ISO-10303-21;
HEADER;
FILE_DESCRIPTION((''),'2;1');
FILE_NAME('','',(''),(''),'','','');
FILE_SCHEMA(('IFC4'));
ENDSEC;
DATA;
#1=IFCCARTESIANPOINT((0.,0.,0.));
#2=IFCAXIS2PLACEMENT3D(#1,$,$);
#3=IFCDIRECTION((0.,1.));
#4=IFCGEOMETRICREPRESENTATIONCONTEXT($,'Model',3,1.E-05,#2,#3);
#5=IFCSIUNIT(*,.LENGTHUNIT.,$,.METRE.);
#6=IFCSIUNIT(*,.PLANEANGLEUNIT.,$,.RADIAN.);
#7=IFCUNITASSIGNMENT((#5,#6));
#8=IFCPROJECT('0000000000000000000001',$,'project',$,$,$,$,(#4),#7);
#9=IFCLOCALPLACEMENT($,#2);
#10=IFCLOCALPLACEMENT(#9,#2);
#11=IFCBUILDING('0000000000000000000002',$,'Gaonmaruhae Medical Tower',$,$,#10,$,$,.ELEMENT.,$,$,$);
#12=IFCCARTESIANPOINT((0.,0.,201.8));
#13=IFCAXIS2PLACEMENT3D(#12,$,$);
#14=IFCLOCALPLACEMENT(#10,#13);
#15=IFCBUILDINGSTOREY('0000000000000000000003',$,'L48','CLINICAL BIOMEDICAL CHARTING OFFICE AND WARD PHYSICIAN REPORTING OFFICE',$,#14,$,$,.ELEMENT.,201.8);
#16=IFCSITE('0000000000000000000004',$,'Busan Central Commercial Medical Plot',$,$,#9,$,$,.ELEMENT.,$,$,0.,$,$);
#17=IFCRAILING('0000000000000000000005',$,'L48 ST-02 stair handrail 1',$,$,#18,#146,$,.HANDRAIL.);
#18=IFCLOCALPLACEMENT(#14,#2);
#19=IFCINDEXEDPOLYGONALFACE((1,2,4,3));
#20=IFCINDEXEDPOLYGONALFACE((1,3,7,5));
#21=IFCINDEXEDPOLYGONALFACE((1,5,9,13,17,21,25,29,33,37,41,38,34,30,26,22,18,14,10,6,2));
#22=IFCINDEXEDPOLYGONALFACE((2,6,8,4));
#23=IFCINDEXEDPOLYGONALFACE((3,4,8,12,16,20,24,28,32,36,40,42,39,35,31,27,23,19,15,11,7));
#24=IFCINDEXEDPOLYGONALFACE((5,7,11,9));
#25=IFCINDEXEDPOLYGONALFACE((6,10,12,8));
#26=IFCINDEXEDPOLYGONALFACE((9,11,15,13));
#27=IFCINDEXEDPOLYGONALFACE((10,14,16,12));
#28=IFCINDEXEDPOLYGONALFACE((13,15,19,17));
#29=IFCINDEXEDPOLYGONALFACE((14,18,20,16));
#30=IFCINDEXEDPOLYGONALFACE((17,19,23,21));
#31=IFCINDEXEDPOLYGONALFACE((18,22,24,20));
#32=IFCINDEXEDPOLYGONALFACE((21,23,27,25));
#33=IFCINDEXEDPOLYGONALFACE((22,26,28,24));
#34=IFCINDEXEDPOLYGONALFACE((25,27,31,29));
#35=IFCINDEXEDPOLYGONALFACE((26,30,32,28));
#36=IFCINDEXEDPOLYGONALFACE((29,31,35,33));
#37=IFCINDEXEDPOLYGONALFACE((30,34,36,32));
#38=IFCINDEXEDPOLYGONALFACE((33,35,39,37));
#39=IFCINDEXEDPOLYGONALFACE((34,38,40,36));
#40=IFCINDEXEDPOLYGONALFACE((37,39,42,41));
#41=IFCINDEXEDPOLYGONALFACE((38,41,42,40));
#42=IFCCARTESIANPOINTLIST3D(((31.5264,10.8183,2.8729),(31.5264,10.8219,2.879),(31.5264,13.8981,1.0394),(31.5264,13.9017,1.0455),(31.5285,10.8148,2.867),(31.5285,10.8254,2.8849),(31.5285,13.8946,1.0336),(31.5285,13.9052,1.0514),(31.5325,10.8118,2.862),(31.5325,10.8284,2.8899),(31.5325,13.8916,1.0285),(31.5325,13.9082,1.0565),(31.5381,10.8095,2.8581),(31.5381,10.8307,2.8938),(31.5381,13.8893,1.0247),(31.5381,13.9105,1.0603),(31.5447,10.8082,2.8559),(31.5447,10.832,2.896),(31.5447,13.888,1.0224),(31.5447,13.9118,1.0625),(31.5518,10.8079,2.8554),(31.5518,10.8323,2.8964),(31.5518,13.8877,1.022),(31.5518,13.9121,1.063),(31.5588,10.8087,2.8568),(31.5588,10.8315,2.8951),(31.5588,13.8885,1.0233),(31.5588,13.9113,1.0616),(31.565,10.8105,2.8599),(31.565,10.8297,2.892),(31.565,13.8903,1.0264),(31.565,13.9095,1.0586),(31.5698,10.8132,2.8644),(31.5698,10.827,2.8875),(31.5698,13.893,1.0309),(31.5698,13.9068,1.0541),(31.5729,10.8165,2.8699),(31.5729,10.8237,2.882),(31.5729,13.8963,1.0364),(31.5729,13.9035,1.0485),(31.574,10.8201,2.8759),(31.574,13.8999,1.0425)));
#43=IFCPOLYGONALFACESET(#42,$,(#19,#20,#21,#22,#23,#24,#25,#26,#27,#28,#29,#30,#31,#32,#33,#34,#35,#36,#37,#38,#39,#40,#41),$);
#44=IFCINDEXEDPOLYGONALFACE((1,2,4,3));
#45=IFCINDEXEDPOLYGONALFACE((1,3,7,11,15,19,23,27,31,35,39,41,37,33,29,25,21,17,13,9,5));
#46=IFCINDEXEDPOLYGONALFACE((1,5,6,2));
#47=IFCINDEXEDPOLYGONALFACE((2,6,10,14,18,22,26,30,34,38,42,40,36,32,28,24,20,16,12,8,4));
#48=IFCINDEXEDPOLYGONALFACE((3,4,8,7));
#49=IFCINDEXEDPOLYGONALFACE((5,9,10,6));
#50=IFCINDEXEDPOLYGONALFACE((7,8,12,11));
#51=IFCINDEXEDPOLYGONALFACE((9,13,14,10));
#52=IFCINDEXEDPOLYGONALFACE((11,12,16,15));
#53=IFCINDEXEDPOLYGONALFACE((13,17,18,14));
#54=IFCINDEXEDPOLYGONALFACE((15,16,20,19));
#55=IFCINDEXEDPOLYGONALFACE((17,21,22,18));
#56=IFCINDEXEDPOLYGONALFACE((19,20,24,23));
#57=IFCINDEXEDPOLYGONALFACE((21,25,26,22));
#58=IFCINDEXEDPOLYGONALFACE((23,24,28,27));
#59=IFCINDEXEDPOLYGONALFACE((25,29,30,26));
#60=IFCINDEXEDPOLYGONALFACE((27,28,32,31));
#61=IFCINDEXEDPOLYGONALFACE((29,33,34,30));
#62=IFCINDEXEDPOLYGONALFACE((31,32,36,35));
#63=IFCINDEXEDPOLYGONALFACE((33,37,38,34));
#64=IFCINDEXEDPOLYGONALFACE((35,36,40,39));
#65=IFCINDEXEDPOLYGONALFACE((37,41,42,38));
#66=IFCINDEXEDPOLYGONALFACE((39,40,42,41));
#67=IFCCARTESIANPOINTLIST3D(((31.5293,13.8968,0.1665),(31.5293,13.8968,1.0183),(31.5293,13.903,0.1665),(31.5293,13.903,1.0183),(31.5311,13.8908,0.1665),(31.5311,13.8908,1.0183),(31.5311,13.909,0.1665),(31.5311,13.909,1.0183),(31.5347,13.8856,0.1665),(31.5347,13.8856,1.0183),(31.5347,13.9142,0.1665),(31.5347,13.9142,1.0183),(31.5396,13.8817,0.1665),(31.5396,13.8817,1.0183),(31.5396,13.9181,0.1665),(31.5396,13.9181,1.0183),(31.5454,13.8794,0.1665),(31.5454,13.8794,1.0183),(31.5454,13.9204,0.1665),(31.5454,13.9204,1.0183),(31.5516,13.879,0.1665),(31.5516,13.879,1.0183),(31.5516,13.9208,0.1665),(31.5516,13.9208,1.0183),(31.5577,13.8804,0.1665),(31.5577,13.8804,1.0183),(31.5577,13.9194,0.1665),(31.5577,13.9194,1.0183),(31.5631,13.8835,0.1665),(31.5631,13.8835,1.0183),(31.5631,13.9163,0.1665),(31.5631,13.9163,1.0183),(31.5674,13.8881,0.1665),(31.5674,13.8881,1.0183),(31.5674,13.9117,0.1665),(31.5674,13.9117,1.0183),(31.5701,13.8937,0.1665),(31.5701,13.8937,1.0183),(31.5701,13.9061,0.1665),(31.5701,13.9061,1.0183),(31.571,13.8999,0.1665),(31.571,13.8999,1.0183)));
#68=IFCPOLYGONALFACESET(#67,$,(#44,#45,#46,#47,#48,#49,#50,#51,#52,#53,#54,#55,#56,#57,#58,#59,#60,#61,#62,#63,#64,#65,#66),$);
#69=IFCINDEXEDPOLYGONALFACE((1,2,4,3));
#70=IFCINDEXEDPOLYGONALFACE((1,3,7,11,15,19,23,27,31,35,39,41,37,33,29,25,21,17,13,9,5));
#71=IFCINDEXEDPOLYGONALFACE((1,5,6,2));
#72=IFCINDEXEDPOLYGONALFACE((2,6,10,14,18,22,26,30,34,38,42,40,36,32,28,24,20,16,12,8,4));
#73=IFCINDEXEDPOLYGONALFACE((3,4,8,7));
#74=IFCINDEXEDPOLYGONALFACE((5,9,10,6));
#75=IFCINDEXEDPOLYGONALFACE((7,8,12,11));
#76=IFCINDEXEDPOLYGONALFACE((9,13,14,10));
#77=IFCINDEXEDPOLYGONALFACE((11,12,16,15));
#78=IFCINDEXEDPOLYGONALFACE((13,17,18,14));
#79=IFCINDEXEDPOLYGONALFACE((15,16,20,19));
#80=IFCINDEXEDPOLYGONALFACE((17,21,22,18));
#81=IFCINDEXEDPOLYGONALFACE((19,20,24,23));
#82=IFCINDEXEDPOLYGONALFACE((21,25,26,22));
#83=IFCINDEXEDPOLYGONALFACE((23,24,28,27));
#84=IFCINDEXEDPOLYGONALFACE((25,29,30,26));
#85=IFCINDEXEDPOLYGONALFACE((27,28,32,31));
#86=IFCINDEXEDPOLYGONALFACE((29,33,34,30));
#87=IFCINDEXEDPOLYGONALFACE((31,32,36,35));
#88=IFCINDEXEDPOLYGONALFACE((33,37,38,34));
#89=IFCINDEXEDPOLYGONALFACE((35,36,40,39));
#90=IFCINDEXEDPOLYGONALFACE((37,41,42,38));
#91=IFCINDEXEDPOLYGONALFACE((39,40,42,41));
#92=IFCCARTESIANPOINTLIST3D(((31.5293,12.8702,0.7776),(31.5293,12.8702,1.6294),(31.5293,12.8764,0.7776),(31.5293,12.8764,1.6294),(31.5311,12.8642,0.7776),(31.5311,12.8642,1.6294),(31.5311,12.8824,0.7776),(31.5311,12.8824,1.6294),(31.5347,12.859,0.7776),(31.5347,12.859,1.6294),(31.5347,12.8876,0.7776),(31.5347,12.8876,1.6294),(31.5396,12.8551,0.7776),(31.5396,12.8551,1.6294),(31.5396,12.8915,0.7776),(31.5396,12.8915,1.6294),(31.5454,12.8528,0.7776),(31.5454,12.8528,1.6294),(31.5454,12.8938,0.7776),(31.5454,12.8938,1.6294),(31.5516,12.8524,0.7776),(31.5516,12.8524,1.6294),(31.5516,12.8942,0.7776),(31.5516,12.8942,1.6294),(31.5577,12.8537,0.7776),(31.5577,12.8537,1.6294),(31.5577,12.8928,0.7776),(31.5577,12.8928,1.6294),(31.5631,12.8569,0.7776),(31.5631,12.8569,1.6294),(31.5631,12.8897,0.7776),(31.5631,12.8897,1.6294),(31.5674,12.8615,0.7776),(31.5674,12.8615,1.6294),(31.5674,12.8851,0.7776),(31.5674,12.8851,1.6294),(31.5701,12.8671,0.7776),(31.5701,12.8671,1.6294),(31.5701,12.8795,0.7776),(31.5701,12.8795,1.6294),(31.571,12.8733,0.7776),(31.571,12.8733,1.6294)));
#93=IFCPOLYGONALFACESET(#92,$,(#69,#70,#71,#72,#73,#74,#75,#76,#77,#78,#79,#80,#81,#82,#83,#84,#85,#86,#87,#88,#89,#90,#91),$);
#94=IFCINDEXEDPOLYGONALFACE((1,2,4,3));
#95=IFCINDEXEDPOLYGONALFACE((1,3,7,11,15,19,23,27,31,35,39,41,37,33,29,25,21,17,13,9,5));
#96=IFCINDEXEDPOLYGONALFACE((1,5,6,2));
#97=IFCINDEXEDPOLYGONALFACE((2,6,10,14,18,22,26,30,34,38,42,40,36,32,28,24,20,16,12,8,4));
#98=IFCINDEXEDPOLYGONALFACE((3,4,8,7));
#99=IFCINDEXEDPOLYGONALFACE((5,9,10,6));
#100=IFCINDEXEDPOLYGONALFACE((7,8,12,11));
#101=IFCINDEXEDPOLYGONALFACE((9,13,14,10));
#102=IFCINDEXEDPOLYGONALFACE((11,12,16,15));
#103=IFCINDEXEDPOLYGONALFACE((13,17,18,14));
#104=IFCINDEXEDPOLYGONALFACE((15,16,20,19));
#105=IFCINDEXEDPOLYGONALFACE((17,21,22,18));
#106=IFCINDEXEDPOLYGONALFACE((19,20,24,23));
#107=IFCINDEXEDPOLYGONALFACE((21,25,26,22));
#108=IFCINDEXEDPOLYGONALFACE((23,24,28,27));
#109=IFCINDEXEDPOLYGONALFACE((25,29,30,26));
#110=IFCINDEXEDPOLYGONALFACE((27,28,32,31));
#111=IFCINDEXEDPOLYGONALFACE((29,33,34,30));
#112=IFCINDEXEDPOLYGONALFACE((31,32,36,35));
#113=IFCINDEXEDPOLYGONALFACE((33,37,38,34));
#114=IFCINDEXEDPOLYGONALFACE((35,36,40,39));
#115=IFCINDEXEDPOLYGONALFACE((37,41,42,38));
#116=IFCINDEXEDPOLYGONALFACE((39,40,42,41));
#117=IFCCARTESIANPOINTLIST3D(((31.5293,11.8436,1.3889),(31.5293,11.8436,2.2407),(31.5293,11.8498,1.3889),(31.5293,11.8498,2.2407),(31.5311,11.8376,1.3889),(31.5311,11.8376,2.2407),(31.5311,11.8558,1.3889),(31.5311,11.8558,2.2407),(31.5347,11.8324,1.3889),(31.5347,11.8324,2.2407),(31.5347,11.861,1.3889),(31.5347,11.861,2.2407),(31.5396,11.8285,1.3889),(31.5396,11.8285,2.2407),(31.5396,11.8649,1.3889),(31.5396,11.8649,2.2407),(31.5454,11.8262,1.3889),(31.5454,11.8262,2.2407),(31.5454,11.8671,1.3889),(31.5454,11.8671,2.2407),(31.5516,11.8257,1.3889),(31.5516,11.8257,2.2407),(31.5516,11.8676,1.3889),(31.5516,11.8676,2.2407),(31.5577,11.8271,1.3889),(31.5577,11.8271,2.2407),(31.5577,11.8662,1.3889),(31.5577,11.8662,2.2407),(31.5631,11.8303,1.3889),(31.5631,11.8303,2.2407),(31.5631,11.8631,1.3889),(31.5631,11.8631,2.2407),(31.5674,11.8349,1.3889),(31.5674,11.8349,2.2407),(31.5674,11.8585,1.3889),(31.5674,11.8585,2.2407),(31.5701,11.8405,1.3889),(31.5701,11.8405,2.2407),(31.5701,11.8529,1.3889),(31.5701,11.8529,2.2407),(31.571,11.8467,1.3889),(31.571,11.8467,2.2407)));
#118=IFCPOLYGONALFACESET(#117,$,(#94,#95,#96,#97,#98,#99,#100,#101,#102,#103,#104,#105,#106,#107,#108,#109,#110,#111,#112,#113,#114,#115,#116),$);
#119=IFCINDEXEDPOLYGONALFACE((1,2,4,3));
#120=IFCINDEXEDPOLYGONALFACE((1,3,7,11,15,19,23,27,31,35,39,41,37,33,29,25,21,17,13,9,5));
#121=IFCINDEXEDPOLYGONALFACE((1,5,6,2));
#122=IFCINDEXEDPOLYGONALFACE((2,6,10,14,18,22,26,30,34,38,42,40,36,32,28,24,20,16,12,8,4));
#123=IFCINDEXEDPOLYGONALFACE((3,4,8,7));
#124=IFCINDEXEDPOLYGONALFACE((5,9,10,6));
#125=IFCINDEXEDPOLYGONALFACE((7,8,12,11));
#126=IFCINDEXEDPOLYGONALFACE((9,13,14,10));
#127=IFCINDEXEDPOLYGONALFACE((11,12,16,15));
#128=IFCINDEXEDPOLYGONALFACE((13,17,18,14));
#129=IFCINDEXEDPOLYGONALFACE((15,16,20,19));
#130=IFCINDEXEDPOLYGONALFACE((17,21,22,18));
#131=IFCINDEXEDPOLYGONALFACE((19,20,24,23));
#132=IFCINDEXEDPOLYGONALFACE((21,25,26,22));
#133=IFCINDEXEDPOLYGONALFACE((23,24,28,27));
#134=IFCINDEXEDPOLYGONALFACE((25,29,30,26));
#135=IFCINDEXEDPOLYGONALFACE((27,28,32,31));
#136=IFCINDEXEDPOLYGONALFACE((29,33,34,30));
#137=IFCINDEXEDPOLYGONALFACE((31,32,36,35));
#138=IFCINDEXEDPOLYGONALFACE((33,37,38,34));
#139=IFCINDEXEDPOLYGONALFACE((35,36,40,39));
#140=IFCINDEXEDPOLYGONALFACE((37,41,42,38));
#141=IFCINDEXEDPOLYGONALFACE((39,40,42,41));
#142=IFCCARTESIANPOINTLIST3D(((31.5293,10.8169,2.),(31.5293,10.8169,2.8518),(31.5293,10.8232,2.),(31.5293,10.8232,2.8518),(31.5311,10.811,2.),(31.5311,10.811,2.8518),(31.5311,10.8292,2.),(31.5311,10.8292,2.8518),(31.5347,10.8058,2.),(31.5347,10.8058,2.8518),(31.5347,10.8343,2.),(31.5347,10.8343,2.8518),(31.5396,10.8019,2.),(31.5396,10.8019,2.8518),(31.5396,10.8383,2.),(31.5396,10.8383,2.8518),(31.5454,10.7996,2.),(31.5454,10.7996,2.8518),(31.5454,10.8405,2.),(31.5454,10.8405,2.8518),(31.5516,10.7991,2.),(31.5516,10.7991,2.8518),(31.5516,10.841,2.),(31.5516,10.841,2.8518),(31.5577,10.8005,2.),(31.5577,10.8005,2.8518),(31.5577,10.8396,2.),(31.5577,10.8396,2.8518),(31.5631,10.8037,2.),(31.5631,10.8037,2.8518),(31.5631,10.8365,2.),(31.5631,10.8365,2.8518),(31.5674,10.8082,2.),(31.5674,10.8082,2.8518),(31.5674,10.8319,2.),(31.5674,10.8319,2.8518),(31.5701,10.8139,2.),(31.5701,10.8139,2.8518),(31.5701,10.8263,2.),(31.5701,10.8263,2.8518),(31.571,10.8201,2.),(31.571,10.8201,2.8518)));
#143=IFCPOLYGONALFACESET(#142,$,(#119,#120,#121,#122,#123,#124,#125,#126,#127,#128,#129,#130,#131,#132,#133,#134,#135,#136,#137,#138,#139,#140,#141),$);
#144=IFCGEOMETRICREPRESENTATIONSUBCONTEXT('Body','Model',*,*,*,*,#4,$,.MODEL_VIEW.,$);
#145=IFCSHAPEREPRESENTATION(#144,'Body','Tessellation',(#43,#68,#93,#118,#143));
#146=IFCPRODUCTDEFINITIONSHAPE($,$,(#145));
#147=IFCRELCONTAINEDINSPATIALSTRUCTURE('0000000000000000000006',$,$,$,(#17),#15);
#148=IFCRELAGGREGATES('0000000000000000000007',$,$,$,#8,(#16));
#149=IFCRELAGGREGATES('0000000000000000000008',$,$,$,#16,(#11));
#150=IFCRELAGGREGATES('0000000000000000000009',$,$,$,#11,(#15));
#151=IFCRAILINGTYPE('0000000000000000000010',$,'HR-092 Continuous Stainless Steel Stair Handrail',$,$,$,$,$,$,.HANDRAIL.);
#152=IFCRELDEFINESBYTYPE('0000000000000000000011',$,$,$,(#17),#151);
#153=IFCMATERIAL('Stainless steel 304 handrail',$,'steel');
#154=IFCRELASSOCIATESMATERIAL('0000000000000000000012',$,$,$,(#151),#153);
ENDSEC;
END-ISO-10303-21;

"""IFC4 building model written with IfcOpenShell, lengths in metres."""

from ifc_helpers import new_model, si_unit, direction, frame, origin, origin_2d, place, context, subcontext, project, spatial, circle, extrude, material, type_object, element, save


model = new_model("IFC4")

# Units and contexts
model_context = context("Model", 3, precision=1e-05, world=origin(), true_north=direction((0.0, 1.0)))
body_context = subcontext(model_context, "Body", "Model", "MODEL_VIEW")
ifc_project = project(units=[si_unit("LENGTHUNIT", "METRE"), si_unit("PLANEANGLEUNIT", "RADIAN")], contexts=[model_context])

# Site, building, storey
site_placement = place(None, origin())
site = spatial("IfcSite", under=ifc_project, at=site_placement, Name="Busan Central Commercial Medical Plot", CompositionType="ELEMENT", RefElevation=0.0)
building_placement = place(site_placement, origin())
building = spatial("IfcBuilding", under=site, at=building_placement, Name="Gaonmaruhae Medical Tower", CompositionType="ELEMENT")
storey_placement = place(building_placement, frame((0.0, 0.0, 201.8)))
storey = spatial("IfcBuildingStorey", under=building, at=storey_placement, Name="L48", Description="CLINICAL BIOMEDICAL CHARTING OFFICE AND WARD PHYSICIAN REPORTING OFFICE", CompositionType="ELEMENT", Elevation=201.8)

# Railing
ifc_material_1 = material(Name="Stainless steel 304 handrail", Category="steel")
railing_type_1 = type_object("IfcRailingType", Name="HR-092 Continuous Stainless Steel Stair Handrail", PredefinedType="HANDRAIL", material=ifc_material_1)
railing_1_placement = place(storey_placement, frame((31.55, 13.8999, 0.1665)))
element("IfcRailing", 1, at=railing_1_placement, inside=storey, type_object=railing_type_1, Name="L48 ST-02 stair handrail 1", PredefinedType="HANDRAIL", context=body_context, shape_type="SweptSolid", body=[
    extrude(circle(Radius=0.0239, at=origin_2d()), frame((0.0, 0.0, 0.876), z_axis=(0.0, -0.859261, 0.511538), x_axis=(1.0, 0.0, 0.0)), (0.0, 0.0, 1.0), 3.5842),
    extrude(circle(Radius=0.021, at=origin_2d()), origin(), (0.0, 0.0, 1.0), 0.8518),
    extrude(circle(Radius=0.021, at=origin_2d()), frame((0.0, -1.0266, 0.6111)), (0.0, 0.0, 1.0), 0.8518),
    extrude(circle(Radius=0.021, at=origin_2d()), frame((0.0, -2.0532, 1.2224)), (0.0, 0.0, 1.0), 0.8518),
    extrude(circle(Radius=0.021, at=origin_2d()), frame((0.0, -3.0798, 1.8335)), (0.0, 0.0, 1.0), 0.8518),
])

save(model, "model.ifc")
